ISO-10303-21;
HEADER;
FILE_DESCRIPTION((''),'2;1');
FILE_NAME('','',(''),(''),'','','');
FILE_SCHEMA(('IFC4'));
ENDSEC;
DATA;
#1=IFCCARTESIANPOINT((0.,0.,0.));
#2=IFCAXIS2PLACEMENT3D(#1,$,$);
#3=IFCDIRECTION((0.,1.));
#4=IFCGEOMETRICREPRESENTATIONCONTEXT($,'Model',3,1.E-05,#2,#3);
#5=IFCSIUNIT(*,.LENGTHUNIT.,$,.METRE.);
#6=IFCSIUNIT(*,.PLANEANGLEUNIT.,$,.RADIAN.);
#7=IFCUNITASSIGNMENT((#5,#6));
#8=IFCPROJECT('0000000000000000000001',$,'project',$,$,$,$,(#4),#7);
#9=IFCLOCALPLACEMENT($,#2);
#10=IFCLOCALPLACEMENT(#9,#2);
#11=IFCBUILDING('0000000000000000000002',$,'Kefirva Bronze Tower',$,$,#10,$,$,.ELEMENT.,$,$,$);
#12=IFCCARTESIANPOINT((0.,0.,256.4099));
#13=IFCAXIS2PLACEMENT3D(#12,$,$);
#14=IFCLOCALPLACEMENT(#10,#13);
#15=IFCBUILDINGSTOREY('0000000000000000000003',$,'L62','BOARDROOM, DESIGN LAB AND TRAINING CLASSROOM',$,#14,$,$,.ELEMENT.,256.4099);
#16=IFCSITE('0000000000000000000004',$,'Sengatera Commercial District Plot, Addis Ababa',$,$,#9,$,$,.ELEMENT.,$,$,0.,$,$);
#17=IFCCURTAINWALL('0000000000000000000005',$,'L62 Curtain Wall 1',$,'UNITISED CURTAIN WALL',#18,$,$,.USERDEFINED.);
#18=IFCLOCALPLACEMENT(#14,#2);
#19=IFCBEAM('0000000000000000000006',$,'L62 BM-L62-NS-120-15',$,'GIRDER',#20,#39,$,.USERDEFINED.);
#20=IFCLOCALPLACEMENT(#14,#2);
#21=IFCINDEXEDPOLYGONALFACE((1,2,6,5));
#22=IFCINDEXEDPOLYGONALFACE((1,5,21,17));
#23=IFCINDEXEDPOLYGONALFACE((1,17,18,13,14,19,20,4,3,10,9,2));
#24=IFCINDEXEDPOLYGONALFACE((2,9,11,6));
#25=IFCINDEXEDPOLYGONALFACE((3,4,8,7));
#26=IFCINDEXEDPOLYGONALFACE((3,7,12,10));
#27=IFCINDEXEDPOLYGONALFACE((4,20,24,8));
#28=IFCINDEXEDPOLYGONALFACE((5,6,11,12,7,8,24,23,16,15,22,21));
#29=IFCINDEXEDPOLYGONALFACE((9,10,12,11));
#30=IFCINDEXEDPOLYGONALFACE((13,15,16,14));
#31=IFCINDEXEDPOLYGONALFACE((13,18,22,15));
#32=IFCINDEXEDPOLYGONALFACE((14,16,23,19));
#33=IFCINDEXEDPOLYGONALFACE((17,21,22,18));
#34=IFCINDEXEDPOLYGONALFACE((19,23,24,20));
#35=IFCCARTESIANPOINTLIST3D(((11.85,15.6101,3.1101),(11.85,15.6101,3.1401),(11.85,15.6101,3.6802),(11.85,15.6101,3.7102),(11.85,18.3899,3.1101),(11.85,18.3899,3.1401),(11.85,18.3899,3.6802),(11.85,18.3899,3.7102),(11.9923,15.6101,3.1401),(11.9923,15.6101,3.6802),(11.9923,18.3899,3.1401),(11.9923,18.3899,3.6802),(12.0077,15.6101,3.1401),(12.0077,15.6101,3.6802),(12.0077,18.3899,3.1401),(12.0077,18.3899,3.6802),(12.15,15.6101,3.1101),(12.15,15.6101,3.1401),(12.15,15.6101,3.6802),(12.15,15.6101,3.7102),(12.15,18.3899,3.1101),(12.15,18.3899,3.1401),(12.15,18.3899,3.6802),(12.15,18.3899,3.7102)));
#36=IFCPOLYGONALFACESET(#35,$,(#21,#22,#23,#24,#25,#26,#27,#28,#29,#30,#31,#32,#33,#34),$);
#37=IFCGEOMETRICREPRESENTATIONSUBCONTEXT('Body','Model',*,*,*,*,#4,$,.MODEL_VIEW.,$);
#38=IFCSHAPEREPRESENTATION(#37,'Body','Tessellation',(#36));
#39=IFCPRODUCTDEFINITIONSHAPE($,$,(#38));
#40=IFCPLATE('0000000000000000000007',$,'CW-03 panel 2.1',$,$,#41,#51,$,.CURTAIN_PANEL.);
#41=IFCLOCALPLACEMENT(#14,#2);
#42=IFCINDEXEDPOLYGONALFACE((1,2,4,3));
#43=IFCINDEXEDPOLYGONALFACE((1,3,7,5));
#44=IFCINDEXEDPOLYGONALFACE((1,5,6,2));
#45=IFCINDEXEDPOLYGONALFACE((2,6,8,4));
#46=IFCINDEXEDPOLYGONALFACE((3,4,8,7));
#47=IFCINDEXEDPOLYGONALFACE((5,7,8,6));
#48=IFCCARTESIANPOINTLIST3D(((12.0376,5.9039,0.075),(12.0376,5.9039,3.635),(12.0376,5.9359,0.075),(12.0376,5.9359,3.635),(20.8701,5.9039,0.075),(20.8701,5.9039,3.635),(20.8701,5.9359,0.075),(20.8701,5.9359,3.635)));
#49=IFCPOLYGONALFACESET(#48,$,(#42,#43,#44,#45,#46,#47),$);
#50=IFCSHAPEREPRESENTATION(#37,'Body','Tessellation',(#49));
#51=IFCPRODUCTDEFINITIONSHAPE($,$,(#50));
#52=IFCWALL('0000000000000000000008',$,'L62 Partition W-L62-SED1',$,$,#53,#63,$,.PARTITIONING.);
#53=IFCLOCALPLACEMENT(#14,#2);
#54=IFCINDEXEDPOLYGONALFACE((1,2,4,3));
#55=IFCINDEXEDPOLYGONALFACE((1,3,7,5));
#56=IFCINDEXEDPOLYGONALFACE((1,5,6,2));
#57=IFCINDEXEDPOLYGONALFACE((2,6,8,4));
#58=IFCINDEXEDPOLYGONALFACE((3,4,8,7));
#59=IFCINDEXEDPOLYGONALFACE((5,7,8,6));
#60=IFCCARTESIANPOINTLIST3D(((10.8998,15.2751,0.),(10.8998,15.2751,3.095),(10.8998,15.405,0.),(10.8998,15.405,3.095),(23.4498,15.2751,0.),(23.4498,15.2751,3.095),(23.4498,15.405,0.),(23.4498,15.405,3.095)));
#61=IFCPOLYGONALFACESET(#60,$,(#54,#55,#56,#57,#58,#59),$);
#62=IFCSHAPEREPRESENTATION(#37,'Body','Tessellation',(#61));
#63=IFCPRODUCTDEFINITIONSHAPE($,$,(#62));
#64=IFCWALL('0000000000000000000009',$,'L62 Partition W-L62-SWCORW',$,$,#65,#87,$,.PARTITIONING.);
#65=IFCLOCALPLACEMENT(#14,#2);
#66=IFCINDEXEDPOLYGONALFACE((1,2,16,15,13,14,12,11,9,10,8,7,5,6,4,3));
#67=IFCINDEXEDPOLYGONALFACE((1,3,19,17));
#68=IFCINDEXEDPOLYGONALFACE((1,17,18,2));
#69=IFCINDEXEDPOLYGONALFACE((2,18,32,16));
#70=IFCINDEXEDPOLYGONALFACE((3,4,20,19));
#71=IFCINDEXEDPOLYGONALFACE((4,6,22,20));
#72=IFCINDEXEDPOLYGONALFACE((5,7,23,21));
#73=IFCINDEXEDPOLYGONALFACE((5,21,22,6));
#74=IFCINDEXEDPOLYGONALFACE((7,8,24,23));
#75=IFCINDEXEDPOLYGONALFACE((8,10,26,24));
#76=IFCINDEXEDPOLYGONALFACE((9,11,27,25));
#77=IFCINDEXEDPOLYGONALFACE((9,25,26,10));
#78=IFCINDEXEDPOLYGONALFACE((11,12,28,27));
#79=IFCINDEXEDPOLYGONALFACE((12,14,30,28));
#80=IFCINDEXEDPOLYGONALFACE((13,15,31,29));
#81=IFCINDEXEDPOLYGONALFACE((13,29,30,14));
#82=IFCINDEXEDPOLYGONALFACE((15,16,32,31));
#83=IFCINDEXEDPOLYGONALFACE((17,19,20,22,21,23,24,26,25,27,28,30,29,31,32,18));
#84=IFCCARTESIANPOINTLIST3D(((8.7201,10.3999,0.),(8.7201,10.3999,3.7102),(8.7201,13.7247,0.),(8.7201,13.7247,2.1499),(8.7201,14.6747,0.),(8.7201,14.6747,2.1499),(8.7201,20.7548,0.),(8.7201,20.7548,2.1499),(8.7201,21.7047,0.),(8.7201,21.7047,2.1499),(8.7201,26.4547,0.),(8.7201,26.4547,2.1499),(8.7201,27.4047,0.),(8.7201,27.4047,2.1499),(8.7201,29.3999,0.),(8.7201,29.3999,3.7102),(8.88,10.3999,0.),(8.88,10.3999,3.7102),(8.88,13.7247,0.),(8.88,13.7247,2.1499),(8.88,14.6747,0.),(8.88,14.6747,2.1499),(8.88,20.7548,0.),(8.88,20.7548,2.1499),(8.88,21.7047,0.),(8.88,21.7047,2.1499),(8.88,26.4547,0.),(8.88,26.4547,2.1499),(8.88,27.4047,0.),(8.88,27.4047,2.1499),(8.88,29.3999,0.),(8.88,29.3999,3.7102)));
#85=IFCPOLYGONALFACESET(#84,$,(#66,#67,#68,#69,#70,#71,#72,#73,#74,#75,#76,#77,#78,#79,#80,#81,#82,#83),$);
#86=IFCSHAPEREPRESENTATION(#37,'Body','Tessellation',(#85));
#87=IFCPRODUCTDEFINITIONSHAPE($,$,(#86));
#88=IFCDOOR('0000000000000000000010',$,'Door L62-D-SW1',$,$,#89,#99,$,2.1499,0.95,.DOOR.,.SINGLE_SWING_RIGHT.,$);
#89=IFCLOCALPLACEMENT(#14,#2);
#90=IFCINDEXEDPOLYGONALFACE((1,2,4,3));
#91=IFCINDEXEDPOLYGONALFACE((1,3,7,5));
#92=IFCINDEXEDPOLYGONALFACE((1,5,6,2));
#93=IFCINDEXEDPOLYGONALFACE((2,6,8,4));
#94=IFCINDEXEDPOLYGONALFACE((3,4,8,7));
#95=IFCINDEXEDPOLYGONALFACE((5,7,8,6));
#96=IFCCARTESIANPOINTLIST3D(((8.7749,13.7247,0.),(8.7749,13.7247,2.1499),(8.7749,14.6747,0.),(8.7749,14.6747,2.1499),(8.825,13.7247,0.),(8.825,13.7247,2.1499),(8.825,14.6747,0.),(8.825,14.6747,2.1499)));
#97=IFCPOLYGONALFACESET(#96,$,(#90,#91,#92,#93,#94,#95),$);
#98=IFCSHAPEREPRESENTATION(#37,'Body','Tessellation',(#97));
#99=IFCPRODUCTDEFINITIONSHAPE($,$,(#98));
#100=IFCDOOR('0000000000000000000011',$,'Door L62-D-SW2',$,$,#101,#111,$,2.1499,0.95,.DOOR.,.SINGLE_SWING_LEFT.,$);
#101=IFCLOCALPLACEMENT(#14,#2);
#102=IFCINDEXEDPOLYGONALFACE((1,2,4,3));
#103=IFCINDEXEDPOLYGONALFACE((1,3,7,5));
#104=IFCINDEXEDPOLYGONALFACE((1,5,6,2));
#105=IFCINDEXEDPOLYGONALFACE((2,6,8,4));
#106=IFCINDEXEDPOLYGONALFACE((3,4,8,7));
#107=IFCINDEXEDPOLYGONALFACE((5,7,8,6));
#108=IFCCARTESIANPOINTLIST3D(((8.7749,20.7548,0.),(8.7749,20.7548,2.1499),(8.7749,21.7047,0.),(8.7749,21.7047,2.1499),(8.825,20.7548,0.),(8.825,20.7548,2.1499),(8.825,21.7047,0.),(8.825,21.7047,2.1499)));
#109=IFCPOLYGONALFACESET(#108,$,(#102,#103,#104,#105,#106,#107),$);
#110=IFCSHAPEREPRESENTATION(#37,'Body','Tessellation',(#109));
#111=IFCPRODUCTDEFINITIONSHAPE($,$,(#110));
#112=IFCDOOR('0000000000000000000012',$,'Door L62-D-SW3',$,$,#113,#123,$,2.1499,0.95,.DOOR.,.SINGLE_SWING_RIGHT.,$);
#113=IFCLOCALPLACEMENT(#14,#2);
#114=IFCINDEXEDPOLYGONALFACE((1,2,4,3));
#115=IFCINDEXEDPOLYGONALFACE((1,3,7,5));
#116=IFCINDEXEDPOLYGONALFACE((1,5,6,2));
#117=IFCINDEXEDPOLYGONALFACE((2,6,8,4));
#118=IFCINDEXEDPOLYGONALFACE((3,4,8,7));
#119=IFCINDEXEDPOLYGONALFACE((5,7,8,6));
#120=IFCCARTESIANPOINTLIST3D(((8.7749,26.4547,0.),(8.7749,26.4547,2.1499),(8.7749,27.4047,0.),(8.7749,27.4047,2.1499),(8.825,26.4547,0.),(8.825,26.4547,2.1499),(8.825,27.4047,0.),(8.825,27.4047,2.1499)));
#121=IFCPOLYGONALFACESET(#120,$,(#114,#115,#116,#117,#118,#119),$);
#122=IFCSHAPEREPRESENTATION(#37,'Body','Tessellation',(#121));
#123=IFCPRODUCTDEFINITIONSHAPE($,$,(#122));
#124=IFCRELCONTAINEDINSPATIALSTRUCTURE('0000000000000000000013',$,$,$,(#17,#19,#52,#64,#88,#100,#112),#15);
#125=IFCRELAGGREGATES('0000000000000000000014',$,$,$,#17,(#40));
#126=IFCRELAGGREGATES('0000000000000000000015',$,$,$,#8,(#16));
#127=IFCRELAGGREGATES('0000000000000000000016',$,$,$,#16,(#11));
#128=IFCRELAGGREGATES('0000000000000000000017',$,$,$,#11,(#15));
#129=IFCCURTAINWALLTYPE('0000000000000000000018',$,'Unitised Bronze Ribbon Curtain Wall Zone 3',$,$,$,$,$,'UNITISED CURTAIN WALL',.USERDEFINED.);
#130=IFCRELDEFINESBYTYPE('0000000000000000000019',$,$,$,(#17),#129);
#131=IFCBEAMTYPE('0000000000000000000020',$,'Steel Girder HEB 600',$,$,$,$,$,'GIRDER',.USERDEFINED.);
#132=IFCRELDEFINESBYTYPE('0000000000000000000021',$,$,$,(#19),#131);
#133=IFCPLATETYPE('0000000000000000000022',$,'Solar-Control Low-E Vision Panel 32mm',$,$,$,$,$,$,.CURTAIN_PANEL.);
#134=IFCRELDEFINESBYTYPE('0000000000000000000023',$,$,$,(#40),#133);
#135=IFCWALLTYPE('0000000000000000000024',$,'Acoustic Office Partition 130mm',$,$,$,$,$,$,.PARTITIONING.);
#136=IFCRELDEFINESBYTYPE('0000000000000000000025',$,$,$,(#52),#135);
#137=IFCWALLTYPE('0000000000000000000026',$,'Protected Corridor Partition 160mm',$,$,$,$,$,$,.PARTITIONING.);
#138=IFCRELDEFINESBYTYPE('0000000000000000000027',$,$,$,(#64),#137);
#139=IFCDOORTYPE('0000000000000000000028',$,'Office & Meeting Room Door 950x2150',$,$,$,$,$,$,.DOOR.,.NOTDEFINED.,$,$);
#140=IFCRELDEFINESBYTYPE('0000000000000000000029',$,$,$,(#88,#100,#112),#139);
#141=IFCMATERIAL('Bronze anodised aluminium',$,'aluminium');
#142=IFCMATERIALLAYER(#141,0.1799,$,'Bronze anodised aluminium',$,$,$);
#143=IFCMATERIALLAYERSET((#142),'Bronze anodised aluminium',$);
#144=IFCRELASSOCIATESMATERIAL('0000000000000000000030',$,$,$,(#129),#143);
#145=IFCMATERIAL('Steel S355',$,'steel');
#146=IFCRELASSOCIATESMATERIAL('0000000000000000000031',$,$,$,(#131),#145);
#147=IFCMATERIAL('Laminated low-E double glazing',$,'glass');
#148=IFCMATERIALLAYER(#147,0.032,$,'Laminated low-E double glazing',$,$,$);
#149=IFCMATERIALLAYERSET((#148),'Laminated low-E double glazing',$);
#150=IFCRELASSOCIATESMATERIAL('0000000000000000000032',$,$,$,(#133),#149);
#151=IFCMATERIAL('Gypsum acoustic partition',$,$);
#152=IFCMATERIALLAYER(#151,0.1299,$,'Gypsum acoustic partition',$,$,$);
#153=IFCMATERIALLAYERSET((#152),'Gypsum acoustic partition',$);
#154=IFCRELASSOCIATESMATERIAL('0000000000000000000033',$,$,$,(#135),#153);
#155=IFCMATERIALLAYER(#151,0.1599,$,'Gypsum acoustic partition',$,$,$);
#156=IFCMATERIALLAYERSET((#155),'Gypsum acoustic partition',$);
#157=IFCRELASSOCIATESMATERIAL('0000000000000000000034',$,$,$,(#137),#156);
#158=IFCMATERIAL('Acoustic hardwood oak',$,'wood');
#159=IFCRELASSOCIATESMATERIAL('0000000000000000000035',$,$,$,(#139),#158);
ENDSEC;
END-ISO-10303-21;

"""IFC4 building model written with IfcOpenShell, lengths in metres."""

from ifc_helpers import new_model, si_unit, direction, frame, frame_2d, origin, origin_2d, place, context, subcontext, project, spatial, rectangle, i_section, extrude, material, layer, layer_set, material_profile, profile_set, type_object, element, fill, aggregate, save


model = new_model("IFC4")

# Units and contexts
model_context = context("Model", 3, precision=1e-05, world=origin(), true_north=direction((0.0, 1.0)))
body_context = subcontext(model_context, "Body", "Model", "MODEL_VIEW")
ifc_project = project(units=[si_unit("LENGTHUNIT", "METRE"), si_unit("PLANEANGLEUNIT", "RADIAN")], contexts=[model_context])

# Site, building, storey
site_placement = place(None, origin())
site = spatial("IfcSite", under=ifc_project, at=site_placement, Name="Sengatera Commercial District Plot, Addis Ababa", CompositionType="ELEMENT", RefElevation=0.0)
building_placement = place(site_placement, origin())
building = spatial("IfcBuilding", under=site, at=building_placement, Name="Kefirva Bronze Tower", CompositionType="ELEMENT")
storey_placement = place(building_placement, frame((0.0, 0.0, 256.4099)))
storey = spatial("IfcBuildingStorey", under=building, at=storey_placement, Name="L62", Description="BOARDROOM, DESIGN LAB AND TRAINING CLASSROOM", CompositionType="ELEMENT", Elevation=256.4099)

# Curtain wall
ifc_material_1 = material(Name="Bronze anodised aluminium", Category="aluminium")
ifc_layer_1 = layer(ifc_material_1, 0.1799, Name="Bronze anodised aluminium")
ifc_layer_set_1 = layer_set([ifc_layer_1], Name="Bronze anodised aluminium")
curtain_wall_type = type_object("IfcCurtainWallType", Name="Unitised Bronze Ribbon Curtain Wall Zone 3", ElementType="UNITISED CURTAIN WALL", PredefinedType="USERDEFINED", material=ifc_layer_set_1)
curtain_wall_placement = place(storey_placement, origin())
curtain_wall = element("IfcCurtainWall", 1, at=curtain_wall_placement, inside=storey, type_object=curtain_wall_type, Name="L62 Curtain Wall 1", ObjectType="UNITISED CURTAIN WALL", PredefinedType="USERDEFINED")

# Beam
ifc_material_2 = material(Name="Steel S355", Category="steel")
ifc_material_profile_1 = material_profile(ifc_material_2, i_section(OverallWidth=0.3, OverallDepth=0.6001, WebThickness=0.0154, FlangeThickness=0.03, at=origin_2d()), Name="HEB 600")
ifc_profile_set_1 = profile_set([ifc_material_profile_1], Name="Steel S355")
beam_type = type_object("IfcBeamType", Name="Steel Girder HEB 600", ElementType="GIRDER", PredefinedType="USERDEFINED", material=ifc_profile_set_1)
beam_1_placement = place(storey_placement, frame((12.0, 15.6101, 3.4102), z_axis=(0.0, 1.0, 0.0), x_axis=(-1.0, 0.0, 0.0)))
element("IfcBeam", 2, at=beam_1_placement, inside=storey, type_object=beam_type, Name="L62 BM-L62-NS-120-15", ObjectType="GIRDER", PredefinedType="USERDEFINED", context=body_context, shape_type="SweptSolid", body=[
    extrude(i_section(OverallWidth=0.3, OverallDepth=0.6001, WebThickness=0.0154, FlangeThickness=0.03, at=origin_2d()), origin(), (0.0, 0.0, 1.0), 2.7798),
])

# Plate
ifc_material_3 = material(Name="Laminated low-E double glazing", Category="glass")
ifc_layer_2 = layer(ifc_material_3, 0.032, Name="Laminated low-E double glazing")
ifc_layer_set_2 = layer_set([ifc_layer_2], Name="Laminated low-E double glazing")
plate_type = type_object("IfcPlateType", Name="Solar-Control Low-E Vision Panel 32mm", PredefinedType="CURTAIN_PANEL", material=ifc_layer_set_2)
plate_placement = place(storey_placement, frame((16.4539, 5.9199, 0.075), z_axis=(0.0, 0.0, 1.0), x_axis=(1.0, 0.0, 0.0)))
plate = element("IfcPlate", 3, at=plate_placement, type_object=plate_type, Name="CW-03 panel 2.1", PredefinedType="CURTAIN_PANEL", context=body_context, shape_type="SweptSolid", body=[
    extrude(rectangle(XDim=8.8325, YDim=0.032, at=origin_2d()), origin(), (0.0, 0.0, 1.0), 3.5601),
])
aggregate(curtain_wall, [plate])

# Wall
ifc_material_4 = material(Name="Gypsum acoustic partition")
ifc_layer_3 = layer(ifc_material_4, 0.1299, Name="Gypsum acoustic partition")
ifc_layer_set_3 = layer_set([ifc_layer_3], Name="Gypsum acoustic partition")
wall_type_1 = type_object("IfcWallType", Name="Acoustic Office Partition 130mm", PredefinedType="PARTITIONING", material=ifc_layer_set_3)
wall_1_placement = place(storey_placement, frame((10.8999, 15.3401, 0.0), z_axis=(0.0, 0.0, 1.0), x_axis=(1.0, 0.0, 0.0)))
element("IfcWall", 4, at=wall_1_placement, inside=storey, type_object=wall_type_1, Name="L62 Partition W-L62-SED1", PredefinedType="PARTITIONING", context=body_context, shape_type="SweptSolid", body=[
    extrude(rectangle(XDim=12.55, YDim=0.1299, at=frame_2d((6.2749, 0.0))), origin(), (0.0, 0.0, 1.0), 3.095),
])

# Wall, openings, doors
ifc_layer_4 = layer(ifc_material_4, 0.1599, Name="Gypsum acoustic partition")
ifc_layer_set_4 = layer_set([ifc_layer_4], Name="Gypsum acoustic partition")
wall_type_2 = type_object("IfcWallType", Name="Protected Corridor Partition 160mm", PredefinedType="PARTITIONING", material=ifc_layer_set_4)
wall_2_placement = place(storey_placement, frame((8.8, 10.3999, 0.0), z_axis=(0.0, 0.0, 1.0), x_axis=(0.0, 1.0, 0.0)))
wall_2 = element("IfcWall", 5, at=wall_2_placement, inside=storey, type_object=wall_type_2, Name="L62 Partition W-L62-SWCORW", PredefinedType="PARTITIONING", context=body_context, shape_type="SweptSolid", body=[
    extrude(rectangle(XDim=19.0, YDim=0.1599, at=frame_2d((9.5, 0.0))), origin(), (0.0, 0.0, 1.0), 3.7102),
])
opening_1_placement = place(wall_2_placement, frame((4.2749, 0.0, 0.0), z_axis=(0.0, 0.0, 1.0), x_axis=(-1.0, 0.0, 0.0)))
opening_1 = element("IfcOpeningElement", 6, at=opening_1_placement, cuts=wall_2, PredefinedType="OPENING", context=body_context, shape_type="SweptSolid", body=[
    extrude(rectangle(XDim=0.95, YDim=2.1499, at=frame_2d((0.4751, 1.075))), frame((0.0, 0.0898, 0.0), z_axis=(0.0, -1.0, 0.0), x_axis=(1.0, 0.0, 0.0)), (0.0, 0.0, 1.0), 0.1799),
])
opening_2_placement = place(wall_2_placement, frame((11.3049, 0.0, 0.0), z_axis=(0.0, 0.0, 1.0), x_axis=(-1.0, 0.0, 0.0)))
opening_2 = element("IfcOpeningElement", 7, at=opening_2_placement, cuts=wall_2, PredefinedType="OPENING", context=body_context, shape_type="SweptSolid", body=[
    extrude(rectangle(XDim=0.95, YDim=2.1499, at=frame_2d((0.4751, 1.075))), frame((0.0, 0.0898, 0.0), z_axis=(0.0, -1.0, 0.0), x_axis=(1.0, 0.0, 0.0)), (0.0, 0.0, 1.0), 0.1799),
])
opening_3_placement = place(wall_2_placement, frame((17.0049, 0.0, 0.0), z_axis=(0.0, 0.0, 1.0), x_axis=(-1.0, 0.0, 0.0)))
opening_3 = element("IfcOpeningElement", 8, at=opening_3_placement, cuts=wall_2, PredefinedType="OPENING", context=body_context, shape_type="SweptSolid", body=[
    extrude(rectangle(XDim=0.95, YDim=2.1499, at=frame_2d((0.4751, 1.075))), frame((0.0, 0.0898, 0.0), z_axis=(0.0, -1.0, 0.0), x_axis=(1.0, 0.0, 0.0)), (0.0, 0.0, 1.0), 0.1799),
])
ifc_material_5 = material(Name="Acoustic hardwood oak", Category="wood")
door_type = type_object("IfcDoorType", Name="Office & Meeting Room Door 950x2150", OperationType="NOTDEFINED", PredefinedType="DOOR", material=ifc_material_5)
door_1_placement = place(opening_1_placement, origin())
door_1 = element("IfcDoor", 9, at=door_1_placement, inside=storey, type_object=door_type, Name="Door L62-D-SW1", OperationType="SINGLE_SWING_RIGHT", OverallHeight=2.1499, OverallWidth=0.95, PredefinedType="DOOR", context=body_context, shape_type="SweptSolid", body=[
    extrude(rectangle(XDim=0.95, YDim=2.1499, at=frame_2d((0.4751, 1.075))), frame((0.0, 0.0249, 0.0), z_axis=(0.0, -1.0, 0.0), x_axis=(1.0, 0.0, 0.0)), (0.0, 0.0, 1.0), 0.05),
])
fill(opening_1, door_1)
door_2_placement = place(opening_2_placement, origin())
door_2 = element("IfcDoor", 10, at=door_2_placement, inside=storey, type_object=door_type, Name="Door L62-D-SW2", OperationType="SINGLE_SWING_LEFT", OverallHeight=2.1499, OverallWidth=0.95, PredefinedType="DOOR", context=body_context, shape_type="SweptSolid", body=[
    extrude(rectangle(XDim=0.95, YDim=2.1499, at=frame_2d((0.4751, 1.075))), frame((0.0, 0.0249, 0.0), z_axis=(0.0, -1.0, 0.0), x_axis=(1.0, 0.0, 0.0)), (0.0, 0.0, 1.0), 0.05),
])
fill(opening_2, door_2)
door_3_placement = place(opening_3_placement, origin())
door_3 = element("IfcDoor", 11, at=door_3_placement, inside=storey, type_object=door_type, Name="Door L62-D-SW3", OperationType="SINGLE_SWING_RIGHT", OverallHeight=2.1499, OverallWidth=0.95, PredefinedType="DOOR", context=body_context, shape_type="SweptSolid", body=[
    extrude(rectangle(XDim=0.95, YDim=2.1499, at=frame_2d((0.4751, 1.075))), frame((0.0, 0.0249, 0.0), z_axis=(0.0, -1.0, 0.0), x_axis=(1.0, 0.0, 0.0)), (0.0, 0.0, 1.0), 0.05),
])
fill(opening_3, door_3)

save(model, "model.ifc")
